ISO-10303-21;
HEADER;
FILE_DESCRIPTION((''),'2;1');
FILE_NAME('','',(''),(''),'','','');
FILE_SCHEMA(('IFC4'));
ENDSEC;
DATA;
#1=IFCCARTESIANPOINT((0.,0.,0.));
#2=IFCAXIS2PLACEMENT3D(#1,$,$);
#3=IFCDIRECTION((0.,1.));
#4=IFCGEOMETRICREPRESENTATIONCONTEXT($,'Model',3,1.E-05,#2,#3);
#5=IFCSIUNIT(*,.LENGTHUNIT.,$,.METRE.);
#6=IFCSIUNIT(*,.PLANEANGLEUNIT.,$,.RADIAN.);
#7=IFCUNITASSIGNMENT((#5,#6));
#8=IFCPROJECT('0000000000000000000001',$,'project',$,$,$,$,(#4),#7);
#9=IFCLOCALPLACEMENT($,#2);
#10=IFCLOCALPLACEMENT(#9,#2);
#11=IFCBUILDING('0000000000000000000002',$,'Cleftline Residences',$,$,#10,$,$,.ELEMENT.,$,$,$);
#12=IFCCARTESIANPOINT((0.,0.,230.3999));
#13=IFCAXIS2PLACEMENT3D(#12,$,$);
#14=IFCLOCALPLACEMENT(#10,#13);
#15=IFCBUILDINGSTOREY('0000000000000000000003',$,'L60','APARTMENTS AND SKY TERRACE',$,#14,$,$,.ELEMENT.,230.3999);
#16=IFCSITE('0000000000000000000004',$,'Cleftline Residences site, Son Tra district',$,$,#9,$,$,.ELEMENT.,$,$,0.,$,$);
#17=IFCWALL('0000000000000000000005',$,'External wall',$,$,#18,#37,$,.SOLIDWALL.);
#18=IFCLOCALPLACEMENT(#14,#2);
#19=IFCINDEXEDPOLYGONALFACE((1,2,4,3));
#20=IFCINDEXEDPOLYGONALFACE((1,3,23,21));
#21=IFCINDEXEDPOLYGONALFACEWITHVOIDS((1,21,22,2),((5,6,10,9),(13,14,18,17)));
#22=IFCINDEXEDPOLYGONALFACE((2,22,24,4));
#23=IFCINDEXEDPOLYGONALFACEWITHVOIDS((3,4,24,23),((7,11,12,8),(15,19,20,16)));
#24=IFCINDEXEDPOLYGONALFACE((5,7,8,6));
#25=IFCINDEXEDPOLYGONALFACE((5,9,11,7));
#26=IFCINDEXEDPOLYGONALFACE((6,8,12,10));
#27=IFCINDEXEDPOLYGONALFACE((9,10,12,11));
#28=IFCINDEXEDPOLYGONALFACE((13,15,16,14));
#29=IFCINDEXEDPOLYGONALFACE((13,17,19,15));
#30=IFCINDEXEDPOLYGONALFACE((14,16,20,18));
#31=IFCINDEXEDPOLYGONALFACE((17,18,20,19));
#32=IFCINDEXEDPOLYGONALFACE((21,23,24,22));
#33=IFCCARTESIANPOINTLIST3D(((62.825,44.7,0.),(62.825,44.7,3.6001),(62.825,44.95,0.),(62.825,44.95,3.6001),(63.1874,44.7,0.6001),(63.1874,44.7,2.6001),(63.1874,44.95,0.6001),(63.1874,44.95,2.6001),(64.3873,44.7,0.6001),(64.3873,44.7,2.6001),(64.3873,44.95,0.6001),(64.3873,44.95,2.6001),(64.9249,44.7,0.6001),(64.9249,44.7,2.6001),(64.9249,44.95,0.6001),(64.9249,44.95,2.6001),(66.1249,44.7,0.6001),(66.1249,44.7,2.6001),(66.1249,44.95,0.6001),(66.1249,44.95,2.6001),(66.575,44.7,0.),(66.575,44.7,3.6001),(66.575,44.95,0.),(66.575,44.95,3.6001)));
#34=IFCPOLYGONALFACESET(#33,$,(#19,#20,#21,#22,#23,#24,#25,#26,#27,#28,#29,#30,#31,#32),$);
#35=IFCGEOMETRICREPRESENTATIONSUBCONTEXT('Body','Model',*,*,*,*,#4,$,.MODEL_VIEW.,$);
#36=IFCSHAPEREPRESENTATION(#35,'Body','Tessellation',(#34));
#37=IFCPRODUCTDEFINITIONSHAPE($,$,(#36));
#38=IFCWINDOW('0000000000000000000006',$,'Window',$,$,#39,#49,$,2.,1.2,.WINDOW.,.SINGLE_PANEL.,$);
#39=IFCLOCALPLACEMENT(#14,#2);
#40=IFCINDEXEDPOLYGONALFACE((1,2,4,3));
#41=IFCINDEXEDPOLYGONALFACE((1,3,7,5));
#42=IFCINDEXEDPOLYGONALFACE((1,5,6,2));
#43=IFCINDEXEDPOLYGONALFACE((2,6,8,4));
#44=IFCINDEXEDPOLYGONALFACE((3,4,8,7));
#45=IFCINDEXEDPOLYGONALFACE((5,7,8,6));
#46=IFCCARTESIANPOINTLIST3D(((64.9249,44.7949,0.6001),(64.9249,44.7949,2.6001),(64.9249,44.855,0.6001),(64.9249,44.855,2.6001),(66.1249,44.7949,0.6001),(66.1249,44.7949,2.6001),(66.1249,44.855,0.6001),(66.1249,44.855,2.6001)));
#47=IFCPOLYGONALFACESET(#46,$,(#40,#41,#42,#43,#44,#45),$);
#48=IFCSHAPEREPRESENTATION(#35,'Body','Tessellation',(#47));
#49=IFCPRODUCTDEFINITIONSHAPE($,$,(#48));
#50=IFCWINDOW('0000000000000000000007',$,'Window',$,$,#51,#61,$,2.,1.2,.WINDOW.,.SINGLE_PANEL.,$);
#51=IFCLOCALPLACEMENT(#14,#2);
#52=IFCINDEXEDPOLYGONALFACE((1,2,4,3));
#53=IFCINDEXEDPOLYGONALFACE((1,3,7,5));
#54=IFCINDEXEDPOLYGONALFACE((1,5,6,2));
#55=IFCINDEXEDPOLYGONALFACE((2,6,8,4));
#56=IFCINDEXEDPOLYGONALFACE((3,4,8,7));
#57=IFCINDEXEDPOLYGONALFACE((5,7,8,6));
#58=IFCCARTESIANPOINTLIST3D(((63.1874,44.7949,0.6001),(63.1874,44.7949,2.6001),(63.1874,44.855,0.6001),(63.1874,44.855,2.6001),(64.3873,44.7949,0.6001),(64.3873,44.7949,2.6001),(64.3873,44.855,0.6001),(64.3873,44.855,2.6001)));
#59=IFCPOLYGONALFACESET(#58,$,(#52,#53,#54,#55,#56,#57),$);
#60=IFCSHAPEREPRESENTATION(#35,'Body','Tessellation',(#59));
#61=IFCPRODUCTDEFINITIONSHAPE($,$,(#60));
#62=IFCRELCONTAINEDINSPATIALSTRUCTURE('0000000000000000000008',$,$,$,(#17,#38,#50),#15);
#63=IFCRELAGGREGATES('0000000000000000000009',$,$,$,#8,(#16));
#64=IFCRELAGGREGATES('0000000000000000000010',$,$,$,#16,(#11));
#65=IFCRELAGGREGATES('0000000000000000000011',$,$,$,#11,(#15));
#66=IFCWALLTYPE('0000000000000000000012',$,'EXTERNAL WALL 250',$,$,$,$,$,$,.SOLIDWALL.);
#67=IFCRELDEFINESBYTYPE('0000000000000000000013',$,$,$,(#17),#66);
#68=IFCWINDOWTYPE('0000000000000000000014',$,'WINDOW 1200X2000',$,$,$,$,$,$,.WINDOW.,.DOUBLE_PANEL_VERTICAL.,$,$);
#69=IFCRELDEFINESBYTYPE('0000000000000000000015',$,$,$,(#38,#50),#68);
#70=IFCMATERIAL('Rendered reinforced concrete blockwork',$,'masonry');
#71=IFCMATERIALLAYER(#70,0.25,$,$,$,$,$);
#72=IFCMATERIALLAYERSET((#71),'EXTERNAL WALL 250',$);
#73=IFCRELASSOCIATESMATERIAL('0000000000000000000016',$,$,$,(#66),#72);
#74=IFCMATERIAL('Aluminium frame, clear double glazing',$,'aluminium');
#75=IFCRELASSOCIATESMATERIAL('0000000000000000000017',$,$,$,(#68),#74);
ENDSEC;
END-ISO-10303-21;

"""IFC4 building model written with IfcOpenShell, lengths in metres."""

from ifc_helpers import new_model, si_unit, direction, frame, frame_2d, origin, place, context, subcontext, project, spatial, rectangle, extrude, material, layer, layer_set, type_object, element, fill, save


model = new_model("IFC4")

# Units and contexts
model_context = context("Model", 3, precision=1e-05, world=origin(), true_north=direction((0.0, 1.0)))
body_context = subcontext(model_context, "Body", "Model", "MODEL_VIEW")
ifc_project = project(units=[si_unit("LENGTHUNIT", "METRE"), si_unit("PLANEANGLEUNIT", "RADIAN")], contexts=[model_context])

# Site, building, storey
site_placement = place(None, origin())
site = spatial("IfcSite", under=ifc_project, at=site_placement, Name="Cleftline Residences site, Son Tra district", CompositionType="ELEMENT", RefElevation=0.0)
building_placement = place(site_placement, origin())
building = spatial("IfcBuilding", under=site, at=building_placement, Name="Cleftline Residences", CompositionType="ELEMENT")
storey_placement = place(building_placement, frame((0.0, 0.0, 230.3999)))
storey = spatial("IfcBuildingStorey", under=building, at=storey_placement, Name="L60", Description="APARTMENTS AND SKY TERRACE", CompositionType="ELEMENT", Elevation=230.3999)

# Wall, openings, windows
ifc_material_1 = material(Name="Rendered reinforced concrete blockwork", Category="masonry")
ifc_layer_1 = layer(ifc_material_1, 0.25)
ifc_layer_set_1 = layer_set([ifc_layer_1], Name="EXTERNAL WALL 250")
wall_type_1 = type_object("IfcWallType", Name="EXTERNAL WALL 250", PredefinedType="SOLIDWALL", material=ifc_layer_set_1)
wall_1_placement = place(storey_placement, frame((66.575, 44.825, 0.0), z_axis=(0.0, 0.0, 1.0), x_axis=(-1.0, 0.0, 0.0)))
wall_1 = element("IfcWall", 1, at=wall_1_placement, inside=storey, type_object=wall_type_1, Name="External wall", PredefinedType="SOLIDWALL", context=body_context, shape_type="SweptSolid", body=[
    extrude(rectangle(XDim=3.75, YDim=0.25, at=frame_2d((1.875, 0.0))), origin(), (0.0, 0.0, 1.0), 3.6001),
])
opening_1_placement = place(wall_1_placement, frame((0.45, 0.0, 0.6001)))
opening_1 = element("IfcOpeningElement", 2, at=opening_1_placement, cuts=wall_1, PredefinedType="OPENING", context=body_context, shape_type="SweptSolid", body=[
    extrude(rectangle(XDim=1.2, YDim=2.0, at=frame_2d((0.6001, 1.0))), frame((0.0, 0.135, 0.0), z_axis=(0.0, -1.0, 0.0), x_axis=(1.0, 0.0, 0.0)), (0.0, 0.0, 1.0), 0.27),
])
opening_2_placement = place(wall_1_placement, frame((2.1875, 0.0, 0.6001)))
opening_2 = element("IfcOpeningElement", 3, at=opening_2_placement, cuts=wall_1, PredefinedType="OPENING", context=body_context, shape_type="SweptSolid", body=[
    extrude(rectangle(XDim=1.2, YDim=2.0, at=frame_2d((0.6001, 1.0))), frame((0.0, 0.135, 0.0), z_axis=(0.0, -1.0, 0.0), x_axis=(1.0, 0.0, 0.0)), (0.0, 0.0, 1.0), 0.27),
])
ifc_material_2 = material(Name="Aluminium frame, clear double glazing", Category="aluminium")
window_type = type_object("IfcWindowType", Name="WINDOW 1200X2000", PartitioningType="DOUBLE_PANEL_VERTICAL", PredefinedType="WINDOW", material=ifc_material_2)
window_1_placement = place(opening_1_placement, origin())
window_1 = element("IfcWindow", 4, at=window_1_placement, inside=storey, type_object=window_type, Name="Window", OverallHeight=2.0, OverallWidth=1.2, PartitioningType="SINGLE_PANEL", PredefinedType="WINDOW", context=body_context, shape_type="SweptSolid", body=[
    extrude(rectangle(XDim=1.2, YDim=2.0, at=frame_2d((0.6001, 1.0))), frame((0.0, 0.03, 0.0), z_axis=(0.0, -1.0, 0.0), x_axis=(1.0, 0.0, 0.0)), (0.0, 0.0, 1.0), 0.0601),
])
fill(opening_1, window_1)
window_2_placement = place(opening_2_placement, origin())
window_2 = element("IfcWindow", 5, at=window_2_placement, inside=storey, type_object=window_type, Name="Window", OverallHeight=2.0, OverallWidth=1.2, PartitioningType="SINGLE_PANEL", PredefinedType="WINDOW", context=body_context, shape_type="SweptSolid", body=[
    extrude(rectangle(XDim=1.2, YDim=2.0, at=frame_2d((0.6001, 1.0))), frame((0.0, 0.03, 0.0), z_axis=(0.0, -1.0, 0.0), x_axis=(1.0, 0.0, 0.0)), (0.0, 0.0, 1.0), 0.0601),
])
fill(opening_2, window_2)

save(model, "model.ifc")
